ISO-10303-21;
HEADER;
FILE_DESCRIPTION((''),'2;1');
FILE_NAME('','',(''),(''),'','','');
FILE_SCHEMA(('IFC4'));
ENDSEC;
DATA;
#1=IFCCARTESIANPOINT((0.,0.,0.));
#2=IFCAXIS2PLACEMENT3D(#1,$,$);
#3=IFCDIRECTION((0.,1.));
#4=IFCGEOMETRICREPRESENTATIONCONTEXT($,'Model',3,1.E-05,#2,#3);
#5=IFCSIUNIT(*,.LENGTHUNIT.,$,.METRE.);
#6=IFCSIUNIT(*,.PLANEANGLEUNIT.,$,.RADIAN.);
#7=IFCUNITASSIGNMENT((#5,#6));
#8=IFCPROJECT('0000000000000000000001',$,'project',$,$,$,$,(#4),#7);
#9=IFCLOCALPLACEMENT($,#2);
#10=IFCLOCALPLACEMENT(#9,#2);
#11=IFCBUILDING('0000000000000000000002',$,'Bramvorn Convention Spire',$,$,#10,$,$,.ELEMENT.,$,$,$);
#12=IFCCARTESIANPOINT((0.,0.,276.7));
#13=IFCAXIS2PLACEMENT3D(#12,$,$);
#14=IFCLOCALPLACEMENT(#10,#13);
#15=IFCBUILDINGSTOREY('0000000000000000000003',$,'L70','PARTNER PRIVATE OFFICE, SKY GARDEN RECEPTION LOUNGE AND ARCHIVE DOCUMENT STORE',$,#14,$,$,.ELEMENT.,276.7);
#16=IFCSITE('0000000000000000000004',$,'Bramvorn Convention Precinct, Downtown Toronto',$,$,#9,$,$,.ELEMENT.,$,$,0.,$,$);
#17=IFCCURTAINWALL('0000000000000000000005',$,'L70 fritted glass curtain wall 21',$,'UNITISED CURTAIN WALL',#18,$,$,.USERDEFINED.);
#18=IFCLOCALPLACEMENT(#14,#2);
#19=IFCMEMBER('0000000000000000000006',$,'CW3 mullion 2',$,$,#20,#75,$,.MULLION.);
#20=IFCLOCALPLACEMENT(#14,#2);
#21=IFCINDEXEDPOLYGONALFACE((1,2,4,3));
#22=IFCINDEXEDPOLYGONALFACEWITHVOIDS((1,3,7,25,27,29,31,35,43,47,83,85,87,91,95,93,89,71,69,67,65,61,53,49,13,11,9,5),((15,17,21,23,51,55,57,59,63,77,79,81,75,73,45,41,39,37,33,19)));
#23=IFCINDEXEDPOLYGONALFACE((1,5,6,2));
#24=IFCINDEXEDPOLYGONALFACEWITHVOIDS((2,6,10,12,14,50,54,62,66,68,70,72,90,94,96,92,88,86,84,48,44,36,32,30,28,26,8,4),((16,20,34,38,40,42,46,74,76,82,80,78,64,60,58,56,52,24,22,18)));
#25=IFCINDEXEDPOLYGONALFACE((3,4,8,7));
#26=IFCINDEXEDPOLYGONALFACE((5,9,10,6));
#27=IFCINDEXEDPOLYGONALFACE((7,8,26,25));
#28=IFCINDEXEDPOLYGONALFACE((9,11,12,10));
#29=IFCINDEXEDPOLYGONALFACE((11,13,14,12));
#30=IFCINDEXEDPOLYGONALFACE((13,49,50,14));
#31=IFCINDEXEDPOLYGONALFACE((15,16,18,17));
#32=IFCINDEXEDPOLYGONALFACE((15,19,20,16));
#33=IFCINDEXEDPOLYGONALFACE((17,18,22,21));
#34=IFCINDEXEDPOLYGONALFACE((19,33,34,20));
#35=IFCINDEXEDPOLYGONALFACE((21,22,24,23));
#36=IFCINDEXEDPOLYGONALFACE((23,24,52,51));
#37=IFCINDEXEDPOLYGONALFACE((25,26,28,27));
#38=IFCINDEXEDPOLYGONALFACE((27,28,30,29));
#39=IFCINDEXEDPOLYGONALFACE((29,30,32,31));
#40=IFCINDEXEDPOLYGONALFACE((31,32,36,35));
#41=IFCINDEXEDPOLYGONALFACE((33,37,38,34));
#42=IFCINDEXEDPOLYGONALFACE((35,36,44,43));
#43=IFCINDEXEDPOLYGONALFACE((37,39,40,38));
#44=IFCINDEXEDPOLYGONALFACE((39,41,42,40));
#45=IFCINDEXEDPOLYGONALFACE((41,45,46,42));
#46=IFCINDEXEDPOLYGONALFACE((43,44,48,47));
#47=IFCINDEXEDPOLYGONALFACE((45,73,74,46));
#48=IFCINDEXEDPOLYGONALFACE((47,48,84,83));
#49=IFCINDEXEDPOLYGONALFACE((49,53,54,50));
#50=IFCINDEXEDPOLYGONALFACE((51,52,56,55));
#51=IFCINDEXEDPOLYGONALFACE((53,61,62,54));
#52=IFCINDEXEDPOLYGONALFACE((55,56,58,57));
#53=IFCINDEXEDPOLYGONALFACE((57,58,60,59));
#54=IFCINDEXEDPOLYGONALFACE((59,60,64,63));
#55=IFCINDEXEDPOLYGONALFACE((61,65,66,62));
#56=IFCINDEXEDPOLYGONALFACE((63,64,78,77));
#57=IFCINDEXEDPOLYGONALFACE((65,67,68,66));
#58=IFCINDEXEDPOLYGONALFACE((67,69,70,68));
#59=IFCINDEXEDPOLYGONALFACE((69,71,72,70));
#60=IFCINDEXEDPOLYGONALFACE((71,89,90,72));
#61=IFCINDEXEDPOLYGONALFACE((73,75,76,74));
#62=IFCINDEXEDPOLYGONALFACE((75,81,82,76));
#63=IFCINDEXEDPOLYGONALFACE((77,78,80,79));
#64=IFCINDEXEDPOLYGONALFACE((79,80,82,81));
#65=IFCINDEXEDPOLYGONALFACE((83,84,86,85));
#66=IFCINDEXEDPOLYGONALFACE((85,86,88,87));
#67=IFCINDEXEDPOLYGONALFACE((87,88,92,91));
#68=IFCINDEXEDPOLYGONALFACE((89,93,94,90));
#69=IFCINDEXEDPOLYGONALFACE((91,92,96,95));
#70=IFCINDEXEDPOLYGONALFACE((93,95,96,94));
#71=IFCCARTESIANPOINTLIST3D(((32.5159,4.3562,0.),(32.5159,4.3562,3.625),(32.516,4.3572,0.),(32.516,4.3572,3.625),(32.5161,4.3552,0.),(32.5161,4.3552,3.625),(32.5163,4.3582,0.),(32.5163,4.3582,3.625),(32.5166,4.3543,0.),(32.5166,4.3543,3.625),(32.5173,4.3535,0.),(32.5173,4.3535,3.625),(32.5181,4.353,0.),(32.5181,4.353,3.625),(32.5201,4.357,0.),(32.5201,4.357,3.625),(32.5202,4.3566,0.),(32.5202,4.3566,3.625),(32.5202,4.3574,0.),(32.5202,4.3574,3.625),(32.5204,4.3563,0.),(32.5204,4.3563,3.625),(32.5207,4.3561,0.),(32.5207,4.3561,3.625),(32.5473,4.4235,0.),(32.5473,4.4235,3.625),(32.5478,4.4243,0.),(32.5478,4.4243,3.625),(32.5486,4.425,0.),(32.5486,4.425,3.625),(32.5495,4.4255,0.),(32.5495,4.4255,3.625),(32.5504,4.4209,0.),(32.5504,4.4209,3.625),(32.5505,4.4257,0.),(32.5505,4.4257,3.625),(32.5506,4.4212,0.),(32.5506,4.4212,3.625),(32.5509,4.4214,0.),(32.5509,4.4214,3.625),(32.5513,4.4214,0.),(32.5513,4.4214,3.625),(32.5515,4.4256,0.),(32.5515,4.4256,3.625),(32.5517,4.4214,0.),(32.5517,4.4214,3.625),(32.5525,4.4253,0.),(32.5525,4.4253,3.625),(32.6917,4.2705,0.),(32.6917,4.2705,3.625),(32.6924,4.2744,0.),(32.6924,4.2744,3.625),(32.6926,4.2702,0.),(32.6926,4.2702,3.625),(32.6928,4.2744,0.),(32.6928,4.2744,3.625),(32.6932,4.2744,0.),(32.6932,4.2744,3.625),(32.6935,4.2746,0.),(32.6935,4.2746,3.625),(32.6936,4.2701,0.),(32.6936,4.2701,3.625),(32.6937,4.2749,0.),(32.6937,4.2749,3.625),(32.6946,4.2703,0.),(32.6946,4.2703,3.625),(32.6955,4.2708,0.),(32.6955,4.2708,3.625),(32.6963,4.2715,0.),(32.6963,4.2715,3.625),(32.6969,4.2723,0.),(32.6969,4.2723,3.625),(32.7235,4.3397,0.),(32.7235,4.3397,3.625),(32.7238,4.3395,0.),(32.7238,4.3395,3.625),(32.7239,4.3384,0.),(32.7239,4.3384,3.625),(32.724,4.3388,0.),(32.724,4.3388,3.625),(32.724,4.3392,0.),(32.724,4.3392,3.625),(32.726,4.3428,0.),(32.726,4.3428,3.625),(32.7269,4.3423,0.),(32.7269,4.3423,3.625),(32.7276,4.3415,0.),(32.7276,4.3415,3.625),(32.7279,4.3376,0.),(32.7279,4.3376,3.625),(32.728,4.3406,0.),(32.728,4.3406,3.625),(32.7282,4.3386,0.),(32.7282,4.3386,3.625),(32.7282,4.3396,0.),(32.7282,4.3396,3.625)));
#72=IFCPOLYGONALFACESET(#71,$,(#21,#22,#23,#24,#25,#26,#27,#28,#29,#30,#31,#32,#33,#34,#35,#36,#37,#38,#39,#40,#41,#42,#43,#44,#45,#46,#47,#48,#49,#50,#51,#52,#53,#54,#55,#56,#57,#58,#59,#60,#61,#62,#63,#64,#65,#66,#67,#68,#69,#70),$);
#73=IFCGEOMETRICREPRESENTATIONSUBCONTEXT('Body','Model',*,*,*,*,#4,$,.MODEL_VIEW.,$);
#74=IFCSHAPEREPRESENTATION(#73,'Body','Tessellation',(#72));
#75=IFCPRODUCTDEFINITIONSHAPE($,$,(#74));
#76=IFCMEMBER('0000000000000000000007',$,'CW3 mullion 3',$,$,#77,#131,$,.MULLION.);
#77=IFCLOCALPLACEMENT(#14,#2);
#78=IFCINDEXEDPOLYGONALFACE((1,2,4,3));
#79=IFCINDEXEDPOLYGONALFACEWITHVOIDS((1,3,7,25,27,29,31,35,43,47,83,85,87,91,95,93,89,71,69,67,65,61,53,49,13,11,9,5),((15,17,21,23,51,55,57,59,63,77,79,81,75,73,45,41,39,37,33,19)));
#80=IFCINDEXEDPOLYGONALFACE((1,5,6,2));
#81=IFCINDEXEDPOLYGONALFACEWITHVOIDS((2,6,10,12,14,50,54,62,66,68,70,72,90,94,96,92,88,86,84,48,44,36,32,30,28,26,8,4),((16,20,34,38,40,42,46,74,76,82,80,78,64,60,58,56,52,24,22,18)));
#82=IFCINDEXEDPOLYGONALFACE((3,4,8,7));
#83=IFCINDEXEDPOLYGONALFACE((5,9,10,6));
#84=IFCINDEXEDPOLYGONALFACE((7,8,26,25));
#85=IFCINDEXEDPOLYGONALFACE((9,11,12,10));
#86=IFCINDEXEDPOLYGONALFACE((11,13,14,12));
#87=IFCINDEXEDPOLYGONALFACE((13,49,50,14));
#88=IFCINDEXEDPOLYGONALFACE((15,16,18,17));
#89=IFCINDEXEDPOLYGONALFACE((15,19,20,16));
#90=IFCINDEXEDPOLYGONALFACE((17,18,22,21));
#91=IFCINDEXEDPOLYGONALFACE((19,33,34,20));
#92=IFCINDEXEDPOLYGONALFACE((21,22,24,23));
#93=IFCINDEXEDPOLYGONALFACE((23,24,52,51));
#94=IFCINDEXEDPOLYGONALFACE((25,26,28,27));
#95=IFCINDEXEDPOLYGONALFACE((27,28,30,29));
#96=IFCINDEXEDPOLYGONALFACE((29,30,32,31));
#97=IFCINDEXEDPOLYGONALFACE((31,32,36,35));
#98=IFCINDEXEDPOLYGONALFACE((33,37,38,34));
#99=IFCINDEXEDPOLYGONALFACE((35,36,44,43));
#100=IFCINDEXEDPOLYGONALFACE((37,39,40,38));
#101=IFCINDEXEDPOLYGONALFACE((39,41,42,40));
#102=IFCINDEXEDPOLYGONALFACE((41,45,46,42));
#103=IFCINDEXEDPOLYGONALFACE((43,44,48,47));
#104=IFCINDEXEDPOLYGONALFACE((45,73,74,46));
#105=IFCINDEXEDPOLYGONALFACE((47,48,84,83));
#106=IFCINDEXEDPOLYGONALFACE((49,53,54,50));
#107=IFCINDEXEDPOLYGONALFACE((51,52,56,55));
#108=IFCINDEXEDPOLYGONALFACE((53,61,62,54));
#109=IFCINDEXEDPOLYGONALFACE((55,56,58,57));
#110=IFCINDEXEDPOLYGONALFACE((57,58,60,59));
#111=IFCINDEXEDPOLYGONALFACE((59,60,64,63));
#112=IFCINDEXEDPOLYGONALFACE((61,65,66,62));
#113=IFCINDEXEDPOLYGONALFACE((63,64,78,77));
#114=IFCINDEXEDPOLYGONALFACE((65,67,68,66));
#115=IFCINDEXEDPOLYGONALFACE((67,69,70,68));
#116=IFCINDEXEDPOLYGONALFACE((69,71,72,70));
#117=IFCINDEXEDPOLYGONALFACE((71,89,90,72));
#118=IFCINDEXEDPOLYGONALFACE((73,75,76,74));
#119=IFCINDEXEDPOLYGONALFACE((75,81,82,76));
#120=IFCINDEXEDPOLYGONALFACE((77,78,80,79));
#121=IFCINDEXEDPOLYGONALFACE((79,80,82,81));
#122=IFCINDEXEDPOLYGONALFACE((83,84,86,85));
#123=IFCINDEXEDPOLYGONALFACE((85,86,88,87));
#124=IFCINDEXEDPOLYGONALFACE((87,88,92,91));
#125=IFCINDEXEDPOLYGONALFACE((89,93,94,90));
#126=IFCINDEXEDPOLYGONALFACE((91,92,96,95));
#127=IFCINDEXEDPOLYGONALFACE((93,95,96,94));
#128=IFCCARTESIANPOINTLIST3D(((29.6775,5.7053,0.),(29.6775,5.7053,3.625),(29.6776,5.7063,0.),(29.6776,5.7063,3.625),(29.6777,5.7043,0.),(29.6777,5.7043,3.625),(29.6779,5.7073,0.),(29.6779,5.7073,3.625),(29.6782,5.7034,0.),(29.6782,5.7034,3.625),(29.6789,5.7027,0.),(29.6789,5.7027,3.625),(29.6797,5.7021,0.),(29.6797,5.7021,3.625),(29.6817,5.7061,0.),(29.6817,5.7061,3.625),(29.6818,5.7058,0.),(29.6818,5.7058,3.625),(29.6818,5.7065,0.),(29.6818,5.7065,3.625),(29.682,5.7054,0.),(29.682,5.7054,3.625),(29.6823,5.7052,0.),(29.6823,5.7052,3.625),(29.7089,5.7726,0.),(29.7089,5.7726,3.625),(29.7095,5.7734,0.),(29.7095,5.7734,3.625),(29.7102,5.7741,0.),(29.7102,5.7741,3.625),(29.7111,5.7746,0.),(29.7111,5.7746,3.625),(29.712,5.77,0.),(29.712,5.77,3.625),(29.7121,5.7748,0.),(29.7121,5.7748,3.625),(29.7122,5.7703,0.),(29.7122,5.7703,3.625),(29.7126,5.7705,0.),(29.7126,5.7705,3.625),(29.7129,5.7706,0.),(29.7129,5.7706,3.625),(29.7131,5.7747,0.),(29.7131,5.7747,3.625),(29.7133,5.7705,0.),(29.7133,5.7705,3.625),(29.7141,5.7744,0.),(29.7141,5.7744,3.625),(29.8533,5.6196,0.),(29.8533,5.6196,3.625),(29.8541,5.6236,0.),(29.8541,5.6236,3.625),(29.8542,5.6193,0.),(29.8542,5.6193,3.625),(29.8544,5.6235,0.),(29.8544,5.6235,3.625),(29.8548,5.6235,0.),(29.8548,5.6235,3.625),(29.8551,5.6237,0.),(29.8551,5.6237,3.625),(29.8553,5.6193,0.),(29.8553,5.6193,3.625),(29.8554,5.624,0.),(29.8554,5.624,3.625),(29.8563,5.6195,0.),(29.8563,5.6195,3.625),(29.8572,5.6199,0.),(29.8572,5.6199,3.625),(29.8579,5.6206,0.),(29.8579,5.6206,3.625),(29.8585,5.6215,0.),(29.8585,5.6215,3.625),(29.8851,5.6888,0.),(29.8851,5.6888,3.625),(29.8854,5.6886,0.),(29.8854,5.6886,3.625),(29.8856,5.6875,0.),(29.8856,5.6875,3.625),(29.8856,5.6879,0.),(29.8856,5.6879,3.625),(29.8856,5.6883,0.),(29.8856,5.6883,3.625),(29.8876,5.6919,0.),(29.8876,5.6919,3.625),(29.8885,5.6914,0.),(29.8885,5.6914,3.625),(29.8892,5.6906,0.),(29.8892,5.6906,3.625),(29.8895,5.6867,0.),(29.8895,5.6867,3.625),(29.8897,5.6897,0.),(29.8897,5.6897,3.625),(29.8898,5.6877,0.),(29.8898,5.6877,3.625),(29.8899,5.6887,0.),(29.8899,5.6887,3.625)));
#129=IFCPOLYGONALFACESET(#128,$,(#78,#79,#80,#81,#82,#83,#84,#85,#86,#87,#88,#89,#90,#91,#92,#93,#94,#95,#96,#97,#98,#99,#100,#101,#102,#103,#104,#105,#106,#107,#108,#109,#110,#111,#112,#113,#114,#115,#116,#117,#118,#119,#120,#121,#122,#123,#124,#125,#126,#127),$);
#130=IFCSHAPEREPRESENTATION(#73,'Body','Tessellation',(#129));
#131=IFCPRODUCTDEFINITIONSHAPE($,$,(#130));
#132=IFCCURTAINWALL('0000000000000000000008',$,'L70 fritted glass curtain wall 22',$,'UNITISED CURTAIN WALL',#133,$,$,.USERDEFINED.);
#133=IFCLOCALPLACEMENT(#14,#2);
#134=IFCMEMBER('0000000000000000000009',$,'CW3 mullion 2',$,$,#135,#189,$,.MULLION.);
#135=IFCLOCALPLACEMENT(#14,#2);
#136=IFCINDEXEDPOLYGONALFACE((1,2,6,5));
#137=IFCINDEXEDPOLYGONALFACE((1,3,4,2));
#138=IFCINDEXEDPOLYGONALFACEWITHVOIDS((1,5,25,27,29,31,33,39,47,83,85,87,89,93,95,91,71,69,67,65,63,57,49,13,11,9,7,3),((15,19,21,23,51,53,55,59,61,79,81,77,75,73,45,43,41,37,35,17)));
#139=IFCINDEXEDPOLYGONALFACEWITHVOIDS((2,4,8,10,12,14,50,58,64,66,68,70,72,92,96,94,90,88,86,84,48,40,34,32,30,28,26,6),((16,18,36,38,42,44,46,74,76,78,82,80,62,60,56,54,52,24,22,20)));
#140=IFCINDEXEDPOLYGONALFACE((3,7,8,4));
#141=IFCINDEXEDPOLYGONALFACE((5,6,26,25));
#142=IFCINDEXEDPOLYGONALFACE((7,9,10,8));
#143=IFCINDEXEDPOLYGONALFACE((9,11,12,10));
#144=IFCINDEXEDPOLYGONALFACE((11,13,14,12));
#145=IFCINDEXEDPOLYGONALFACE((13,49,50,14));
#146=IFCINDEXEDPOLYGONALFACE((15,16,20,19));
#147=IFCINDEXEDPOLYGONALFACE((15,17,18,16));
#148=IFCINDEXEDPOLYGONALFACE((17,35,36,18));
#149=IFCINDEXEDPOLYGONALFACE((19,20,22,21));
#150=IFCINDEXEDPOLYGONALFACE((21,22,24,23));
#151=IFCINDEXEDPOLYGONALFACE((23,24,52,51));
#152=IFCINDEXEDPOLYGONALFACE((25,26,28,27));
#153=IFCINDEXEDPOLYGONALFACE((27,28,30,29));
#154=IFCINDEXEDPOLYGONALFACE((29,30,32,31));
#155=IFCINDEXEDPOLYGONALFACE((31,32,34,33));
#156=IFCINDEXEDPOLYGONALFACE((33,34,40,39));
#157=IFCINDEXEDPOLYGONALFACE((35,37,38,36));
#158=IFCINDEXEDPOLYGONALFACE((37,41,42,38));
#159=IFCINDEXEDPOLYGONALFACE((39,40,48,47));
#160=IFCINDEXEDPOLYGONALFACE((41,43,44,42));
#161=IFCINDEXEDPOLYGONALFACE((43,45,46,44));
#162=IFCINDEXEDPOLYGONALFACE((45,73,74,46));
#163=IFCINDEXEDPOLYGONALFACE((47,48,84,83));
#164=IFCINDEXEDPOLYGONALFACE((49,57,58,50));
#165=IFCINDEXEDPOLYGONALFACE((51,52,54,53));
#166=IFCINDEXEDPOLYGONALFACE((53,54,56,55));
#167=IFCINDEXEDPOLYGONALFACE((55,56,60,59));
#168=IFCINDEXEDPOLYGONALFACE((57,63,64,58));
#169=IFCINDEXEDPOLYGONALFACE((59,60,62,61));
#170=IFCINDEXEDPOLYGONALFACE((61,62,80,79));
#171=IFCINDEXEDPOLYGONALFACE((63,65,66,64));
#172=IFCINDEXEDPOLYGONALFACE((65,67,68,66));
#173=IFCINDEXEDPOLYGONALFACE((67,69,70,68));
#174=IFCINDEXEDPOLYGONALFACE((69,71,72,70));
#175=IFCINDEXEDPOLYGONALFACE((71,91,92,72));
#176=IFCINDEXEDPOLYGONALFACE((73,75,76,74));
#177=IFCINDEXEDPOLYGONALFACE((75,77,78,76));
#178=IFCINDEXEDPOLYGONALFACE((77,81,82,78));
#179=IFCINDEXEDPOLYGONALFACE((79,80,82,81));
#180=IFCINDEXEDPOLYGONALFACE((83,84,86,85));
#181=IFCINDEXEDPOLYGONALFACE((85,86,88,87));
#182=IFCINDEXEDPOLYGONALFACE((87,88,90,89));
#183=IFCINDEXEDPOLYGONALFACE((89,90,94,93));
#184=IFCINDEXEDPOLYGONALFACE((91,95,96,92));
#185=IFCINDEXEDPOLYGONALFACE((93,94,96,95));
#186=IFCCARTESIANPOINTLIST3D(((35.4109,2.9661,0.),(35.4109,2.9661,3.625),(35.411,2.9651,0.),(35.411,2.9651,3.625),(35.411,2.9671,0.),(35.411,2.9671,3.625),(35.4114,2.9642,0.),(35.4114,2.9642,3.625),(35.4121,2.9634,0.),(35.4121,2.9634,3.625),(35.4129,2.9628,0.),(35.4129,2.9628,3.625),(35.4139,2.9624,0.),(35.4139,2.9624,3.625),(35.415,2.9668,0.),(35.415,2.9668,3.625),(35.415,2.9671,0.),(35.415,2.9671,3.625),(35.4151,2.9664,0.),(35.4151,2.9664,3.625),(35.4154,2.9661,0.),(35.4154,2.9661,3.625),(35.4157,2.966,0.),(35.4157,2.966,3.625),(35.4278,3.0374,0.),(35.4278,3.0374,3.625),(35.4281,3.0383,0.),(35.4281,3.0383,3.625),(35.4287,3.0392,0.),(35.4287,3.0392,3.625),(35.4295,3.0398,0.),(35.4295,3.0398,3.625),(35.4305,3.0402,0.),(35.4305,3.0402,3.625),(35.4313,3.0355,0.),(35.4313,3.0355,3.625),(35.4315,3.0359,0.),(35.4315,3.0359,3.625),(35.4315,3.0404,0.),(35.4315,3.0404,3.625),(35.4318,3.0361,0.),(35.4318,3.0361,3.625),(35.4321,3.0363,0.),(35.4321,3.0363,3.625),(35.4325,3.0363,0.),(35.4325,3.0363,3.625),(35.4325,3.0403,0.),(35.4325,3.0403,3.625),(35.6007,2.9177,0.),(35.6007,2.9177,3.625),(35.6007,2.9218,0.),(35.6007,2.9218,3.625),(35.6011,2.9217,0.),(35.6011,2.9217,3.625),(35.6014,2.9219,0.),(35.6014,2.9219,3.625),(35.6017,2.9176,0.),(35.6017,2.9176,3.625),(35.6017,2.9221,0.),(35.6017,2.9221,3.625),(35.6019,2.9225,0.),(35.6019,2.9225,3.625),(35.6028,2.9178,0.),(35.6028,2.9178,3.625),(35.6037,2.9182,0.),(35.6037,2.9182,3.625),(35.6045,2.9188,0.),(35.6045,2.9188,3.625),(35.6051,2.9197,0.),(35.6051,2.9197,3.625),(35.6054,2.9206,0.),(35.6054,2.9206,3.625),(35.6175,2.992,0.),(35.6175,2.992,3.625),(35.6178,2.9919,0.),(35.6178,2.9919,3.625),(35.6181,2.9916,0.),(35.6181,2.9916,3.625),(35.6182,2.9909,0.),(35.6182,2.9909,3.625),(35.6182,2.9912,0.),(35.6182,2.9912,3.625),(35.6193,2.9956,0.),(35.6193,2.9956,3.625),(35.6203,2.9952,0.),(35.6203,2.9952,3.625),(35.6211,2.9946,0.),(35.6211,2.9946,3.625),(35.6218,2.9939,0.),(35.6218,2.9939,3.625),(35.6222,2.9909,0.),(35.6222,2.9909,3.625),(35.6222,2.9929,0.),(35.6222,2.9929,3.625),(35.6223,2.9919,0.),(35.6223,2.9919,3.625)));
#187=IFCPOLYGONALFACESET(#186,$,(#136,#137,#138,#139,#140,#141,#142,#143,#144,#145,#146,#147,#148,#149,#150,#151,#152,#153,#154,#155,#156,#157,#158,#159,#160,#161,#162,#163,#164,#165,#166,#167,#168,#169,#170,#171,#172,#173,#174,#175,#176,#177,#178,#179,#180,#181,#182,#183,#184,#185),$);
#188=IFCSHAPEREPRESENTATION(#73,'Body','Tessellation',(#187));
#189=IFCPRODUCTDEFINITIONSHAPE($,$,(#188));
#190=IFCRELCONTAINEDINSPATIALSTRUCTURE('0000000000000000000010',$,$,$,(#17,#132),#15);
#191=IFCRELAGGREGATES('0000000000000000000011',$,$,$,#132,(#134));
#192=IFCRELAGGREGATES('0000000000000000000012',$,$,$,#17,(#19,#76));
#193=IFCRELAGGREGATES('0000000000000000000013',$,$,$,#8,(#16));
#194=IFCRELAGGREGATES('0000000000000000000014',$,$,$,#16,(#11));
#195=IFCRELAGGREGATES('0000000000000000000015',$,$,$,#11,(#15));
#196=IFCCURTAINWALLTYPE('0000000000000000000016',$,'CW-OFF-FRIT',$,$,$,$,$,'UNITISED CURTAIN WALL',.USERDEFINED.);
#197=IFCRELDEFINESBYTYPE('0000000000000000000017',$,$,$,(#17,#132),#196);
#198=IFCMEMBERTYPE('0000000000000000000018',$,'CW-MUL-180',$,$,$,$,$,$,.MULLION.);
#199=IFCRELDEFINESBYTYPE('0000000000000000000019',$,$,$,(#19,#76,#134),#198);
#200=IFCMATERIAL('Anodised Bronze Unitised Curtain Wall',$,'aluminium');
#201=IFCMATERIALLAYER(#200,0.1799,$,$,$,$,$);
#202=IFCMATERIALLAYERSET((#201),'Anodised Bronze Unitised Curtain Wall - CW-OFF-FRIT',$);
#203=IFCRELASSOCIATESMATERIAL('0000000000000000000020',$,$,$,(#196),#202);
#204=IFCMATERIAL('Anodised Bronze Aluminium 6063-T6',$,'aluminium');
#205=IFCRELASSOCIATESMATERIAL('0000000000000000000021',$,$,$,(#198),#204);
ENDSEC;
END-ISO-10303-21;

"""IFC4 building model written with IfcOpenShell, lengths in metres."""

from ifc_helpers import new_model, si_unit, direction, frame, origin, origin_2d, place, context, subcontext, project, spatial, hollow_rectangle, extrude, material, layer, layer_set, material_profile, profile_set, type_object, element, aggregate, save


model = new_model("IFC4")

# Units and contexts
model_context = context("Model", 3, precision=1e-05, world=origin(), true_north=direction((0.0, 1.0)))
body_context = subcontext(model_context, "Body", "Model", "MODEL_VIEW")
ifc_project = project(units=[si_unit("LENGTHUNIT", "METRE"), si_unit("PLANEANGLEUNIT", "RADIAN")], contexts=[model_context])

# Site, building, storey
site_placement = place(None, origin())
site = spatial("IfcSite", under=ifc_project, at=site_placement, Name="Bramvorn Convention Precinct, Downtown Toronto", CompositionType="ELEMENT", RefElevation=0.0)
building_placement = place(site_placement, origin())
building = spatial("IfcBuilding", under=site, at=building_placement, Name="Bramvorn Convention Spire", CompositionType="ELEMENT")
storey_placement = place(building_placement, frame((0.0, 0.0, 276.7)))
storey = spatial("IfcBuildingStorey", under=building, at=storey_placement, Name="L70", Description="PARTNER PRIVATE OFFICE, SKY GARDEN RECEPTION LOUNGE AND ARCHIVE DOCUMENT STORE", CompositionType="ELEMENT", Elevation=276.7)

# Curtain wall, members
ifc_material_1 = material(Name="Anodised Bronze Unitised Curtain Wall", Category="aluminium")
ifc_layer_1 = layer(ifc_material_1, 0.1799)
ifc_layer_set_1 = layer_set([ifc_layer_1], Name="Anodised Bronze Unitised Curtain Wall - CW-OFF-FRIT")
curtain_wall_type = type_object("IfcCurtainWallType", Name="CW-OFF-FRIT", ElementType="UNITISED CURTAIN WALL", PredefinedType="USERDEFINED", material=ifc_layer_set_1)
curtain_wall_1_placement = place(storey_placement, origin())
curtain_wall_1 = element("IfcCurtainWall", 1, at=curtain_wall_1_placement, inside=storey, type_object=curtain_wall_type, Name="L70 fritted glass curtain wall 21", ObjectType="UNITISED CURTAIN WALL", PredefinedType="USERDEFINED")
ifc_material_2 = material(Name="Anodised Bronze Aluminium 6063-T6", Category="aluminium")
ifc_material_profile_1 = material_profile(ifc_material_2, hollow_rectangle(XDim=0.0801, YDim=0.2, WallThickness=0.0039, InnerFilletRadius=0.001, OuterFilletRadius=0.0039, at=origin_2d()))
ifc_profile_set_1 = profile_set([ifc_material_profile_1], Name="Anodised Bronze Aluminium 6063-T6 - CWM80X200")
member_type_1 = type_object("IfcMemberType", Name="CW-MUL-180", PredefinedType="MULLION", material=ifc_profile_set_1)
member_1_placement = place(storey_placement, frame((32.6221, 4.3479, 0.0), z_axis=(0.0, 0.0, 1.0), x_axis=(-0.429265, -0.903178, 0.0)))
member_1 = element("IfcMember", 2, at=member_1_placement, type_object=member_type_1, Name="CW3 mullion 2", PredefinedType="MULLION", context=body_context, shape_type="SweptSolid", body=[
    extrude(hollow_rectangle(XDim=0.0801, YDim=0.2, WallThickness=0.0039, InnerFilletRadius=0.001, OuterFilletRadius=0.0039, at=origin_2d()), origin(), (0.0, 0.0, 1.0), 3.625),
])
member_2_placement = place(storey_placement, frame((29.7837, 5.697, 0.0), z_axis=(0.0, 0.0, 1.0), x_axis=(-0.429265, -0.903178, 0.0)))
member_2 = element("IfcMember", 3, at=member_2_placement, type_object=member_type_1, Name="CW3 mullion 3", PredefinedType="MULLION", context=body_context, shape_type="SweptSolid", body=[
    extrude(hollow_rectangle(XDim=0.0801, YDim=0.2, WallThickness=0.0039, InnerFilletRadius=0.001, OuterFilletRadius=0.0039, at=origin_2d()), origin(), (0.0, 0.0, 1.0), 3.625),
])

# Curtain wall, member
curtain_wall_2_placement = place(storey_placement, origin())
curtain_wall_2 = element("IfcCurtainWall", 4, at=curtain_wall_2_placement, inside=storey, type_object=curtain_wall_type, Name="L70 fritted glass curtain wall 22", ObjectType="UNITISED CURTAIN WALL", PredefinedType="USERDEFINED")
member_3_placement = place(storey_placement, frame((35.5166, 2.979, 0.0), z_axis=(0.0, 0.0, 1.0), x_axis=(-0.232493, -0.972598, 0.0)))
member_3 = element("IfcMember", 5, at=member_3_placement, type_object=member_type_1, Name="CW3 mullion 2", PredefinedType="MULLION", context=body_context, shape_type="SweptSolid", body=[
    extrude(hollow_rectangle(XDim=0.0801, YDim=0.2, WallThickness=0.0039, InnerFilletRadius=0.001, OuterFilletRadius=0.0039, at=origin_2d()), origin(), (0.0, 0.0, 1.0), 3.625),
])
aggregate(curtain_wall_2, [member_3])

aggregate(curtain_wall_1, [member_1, member_2])

save(model, "model.ifc")
